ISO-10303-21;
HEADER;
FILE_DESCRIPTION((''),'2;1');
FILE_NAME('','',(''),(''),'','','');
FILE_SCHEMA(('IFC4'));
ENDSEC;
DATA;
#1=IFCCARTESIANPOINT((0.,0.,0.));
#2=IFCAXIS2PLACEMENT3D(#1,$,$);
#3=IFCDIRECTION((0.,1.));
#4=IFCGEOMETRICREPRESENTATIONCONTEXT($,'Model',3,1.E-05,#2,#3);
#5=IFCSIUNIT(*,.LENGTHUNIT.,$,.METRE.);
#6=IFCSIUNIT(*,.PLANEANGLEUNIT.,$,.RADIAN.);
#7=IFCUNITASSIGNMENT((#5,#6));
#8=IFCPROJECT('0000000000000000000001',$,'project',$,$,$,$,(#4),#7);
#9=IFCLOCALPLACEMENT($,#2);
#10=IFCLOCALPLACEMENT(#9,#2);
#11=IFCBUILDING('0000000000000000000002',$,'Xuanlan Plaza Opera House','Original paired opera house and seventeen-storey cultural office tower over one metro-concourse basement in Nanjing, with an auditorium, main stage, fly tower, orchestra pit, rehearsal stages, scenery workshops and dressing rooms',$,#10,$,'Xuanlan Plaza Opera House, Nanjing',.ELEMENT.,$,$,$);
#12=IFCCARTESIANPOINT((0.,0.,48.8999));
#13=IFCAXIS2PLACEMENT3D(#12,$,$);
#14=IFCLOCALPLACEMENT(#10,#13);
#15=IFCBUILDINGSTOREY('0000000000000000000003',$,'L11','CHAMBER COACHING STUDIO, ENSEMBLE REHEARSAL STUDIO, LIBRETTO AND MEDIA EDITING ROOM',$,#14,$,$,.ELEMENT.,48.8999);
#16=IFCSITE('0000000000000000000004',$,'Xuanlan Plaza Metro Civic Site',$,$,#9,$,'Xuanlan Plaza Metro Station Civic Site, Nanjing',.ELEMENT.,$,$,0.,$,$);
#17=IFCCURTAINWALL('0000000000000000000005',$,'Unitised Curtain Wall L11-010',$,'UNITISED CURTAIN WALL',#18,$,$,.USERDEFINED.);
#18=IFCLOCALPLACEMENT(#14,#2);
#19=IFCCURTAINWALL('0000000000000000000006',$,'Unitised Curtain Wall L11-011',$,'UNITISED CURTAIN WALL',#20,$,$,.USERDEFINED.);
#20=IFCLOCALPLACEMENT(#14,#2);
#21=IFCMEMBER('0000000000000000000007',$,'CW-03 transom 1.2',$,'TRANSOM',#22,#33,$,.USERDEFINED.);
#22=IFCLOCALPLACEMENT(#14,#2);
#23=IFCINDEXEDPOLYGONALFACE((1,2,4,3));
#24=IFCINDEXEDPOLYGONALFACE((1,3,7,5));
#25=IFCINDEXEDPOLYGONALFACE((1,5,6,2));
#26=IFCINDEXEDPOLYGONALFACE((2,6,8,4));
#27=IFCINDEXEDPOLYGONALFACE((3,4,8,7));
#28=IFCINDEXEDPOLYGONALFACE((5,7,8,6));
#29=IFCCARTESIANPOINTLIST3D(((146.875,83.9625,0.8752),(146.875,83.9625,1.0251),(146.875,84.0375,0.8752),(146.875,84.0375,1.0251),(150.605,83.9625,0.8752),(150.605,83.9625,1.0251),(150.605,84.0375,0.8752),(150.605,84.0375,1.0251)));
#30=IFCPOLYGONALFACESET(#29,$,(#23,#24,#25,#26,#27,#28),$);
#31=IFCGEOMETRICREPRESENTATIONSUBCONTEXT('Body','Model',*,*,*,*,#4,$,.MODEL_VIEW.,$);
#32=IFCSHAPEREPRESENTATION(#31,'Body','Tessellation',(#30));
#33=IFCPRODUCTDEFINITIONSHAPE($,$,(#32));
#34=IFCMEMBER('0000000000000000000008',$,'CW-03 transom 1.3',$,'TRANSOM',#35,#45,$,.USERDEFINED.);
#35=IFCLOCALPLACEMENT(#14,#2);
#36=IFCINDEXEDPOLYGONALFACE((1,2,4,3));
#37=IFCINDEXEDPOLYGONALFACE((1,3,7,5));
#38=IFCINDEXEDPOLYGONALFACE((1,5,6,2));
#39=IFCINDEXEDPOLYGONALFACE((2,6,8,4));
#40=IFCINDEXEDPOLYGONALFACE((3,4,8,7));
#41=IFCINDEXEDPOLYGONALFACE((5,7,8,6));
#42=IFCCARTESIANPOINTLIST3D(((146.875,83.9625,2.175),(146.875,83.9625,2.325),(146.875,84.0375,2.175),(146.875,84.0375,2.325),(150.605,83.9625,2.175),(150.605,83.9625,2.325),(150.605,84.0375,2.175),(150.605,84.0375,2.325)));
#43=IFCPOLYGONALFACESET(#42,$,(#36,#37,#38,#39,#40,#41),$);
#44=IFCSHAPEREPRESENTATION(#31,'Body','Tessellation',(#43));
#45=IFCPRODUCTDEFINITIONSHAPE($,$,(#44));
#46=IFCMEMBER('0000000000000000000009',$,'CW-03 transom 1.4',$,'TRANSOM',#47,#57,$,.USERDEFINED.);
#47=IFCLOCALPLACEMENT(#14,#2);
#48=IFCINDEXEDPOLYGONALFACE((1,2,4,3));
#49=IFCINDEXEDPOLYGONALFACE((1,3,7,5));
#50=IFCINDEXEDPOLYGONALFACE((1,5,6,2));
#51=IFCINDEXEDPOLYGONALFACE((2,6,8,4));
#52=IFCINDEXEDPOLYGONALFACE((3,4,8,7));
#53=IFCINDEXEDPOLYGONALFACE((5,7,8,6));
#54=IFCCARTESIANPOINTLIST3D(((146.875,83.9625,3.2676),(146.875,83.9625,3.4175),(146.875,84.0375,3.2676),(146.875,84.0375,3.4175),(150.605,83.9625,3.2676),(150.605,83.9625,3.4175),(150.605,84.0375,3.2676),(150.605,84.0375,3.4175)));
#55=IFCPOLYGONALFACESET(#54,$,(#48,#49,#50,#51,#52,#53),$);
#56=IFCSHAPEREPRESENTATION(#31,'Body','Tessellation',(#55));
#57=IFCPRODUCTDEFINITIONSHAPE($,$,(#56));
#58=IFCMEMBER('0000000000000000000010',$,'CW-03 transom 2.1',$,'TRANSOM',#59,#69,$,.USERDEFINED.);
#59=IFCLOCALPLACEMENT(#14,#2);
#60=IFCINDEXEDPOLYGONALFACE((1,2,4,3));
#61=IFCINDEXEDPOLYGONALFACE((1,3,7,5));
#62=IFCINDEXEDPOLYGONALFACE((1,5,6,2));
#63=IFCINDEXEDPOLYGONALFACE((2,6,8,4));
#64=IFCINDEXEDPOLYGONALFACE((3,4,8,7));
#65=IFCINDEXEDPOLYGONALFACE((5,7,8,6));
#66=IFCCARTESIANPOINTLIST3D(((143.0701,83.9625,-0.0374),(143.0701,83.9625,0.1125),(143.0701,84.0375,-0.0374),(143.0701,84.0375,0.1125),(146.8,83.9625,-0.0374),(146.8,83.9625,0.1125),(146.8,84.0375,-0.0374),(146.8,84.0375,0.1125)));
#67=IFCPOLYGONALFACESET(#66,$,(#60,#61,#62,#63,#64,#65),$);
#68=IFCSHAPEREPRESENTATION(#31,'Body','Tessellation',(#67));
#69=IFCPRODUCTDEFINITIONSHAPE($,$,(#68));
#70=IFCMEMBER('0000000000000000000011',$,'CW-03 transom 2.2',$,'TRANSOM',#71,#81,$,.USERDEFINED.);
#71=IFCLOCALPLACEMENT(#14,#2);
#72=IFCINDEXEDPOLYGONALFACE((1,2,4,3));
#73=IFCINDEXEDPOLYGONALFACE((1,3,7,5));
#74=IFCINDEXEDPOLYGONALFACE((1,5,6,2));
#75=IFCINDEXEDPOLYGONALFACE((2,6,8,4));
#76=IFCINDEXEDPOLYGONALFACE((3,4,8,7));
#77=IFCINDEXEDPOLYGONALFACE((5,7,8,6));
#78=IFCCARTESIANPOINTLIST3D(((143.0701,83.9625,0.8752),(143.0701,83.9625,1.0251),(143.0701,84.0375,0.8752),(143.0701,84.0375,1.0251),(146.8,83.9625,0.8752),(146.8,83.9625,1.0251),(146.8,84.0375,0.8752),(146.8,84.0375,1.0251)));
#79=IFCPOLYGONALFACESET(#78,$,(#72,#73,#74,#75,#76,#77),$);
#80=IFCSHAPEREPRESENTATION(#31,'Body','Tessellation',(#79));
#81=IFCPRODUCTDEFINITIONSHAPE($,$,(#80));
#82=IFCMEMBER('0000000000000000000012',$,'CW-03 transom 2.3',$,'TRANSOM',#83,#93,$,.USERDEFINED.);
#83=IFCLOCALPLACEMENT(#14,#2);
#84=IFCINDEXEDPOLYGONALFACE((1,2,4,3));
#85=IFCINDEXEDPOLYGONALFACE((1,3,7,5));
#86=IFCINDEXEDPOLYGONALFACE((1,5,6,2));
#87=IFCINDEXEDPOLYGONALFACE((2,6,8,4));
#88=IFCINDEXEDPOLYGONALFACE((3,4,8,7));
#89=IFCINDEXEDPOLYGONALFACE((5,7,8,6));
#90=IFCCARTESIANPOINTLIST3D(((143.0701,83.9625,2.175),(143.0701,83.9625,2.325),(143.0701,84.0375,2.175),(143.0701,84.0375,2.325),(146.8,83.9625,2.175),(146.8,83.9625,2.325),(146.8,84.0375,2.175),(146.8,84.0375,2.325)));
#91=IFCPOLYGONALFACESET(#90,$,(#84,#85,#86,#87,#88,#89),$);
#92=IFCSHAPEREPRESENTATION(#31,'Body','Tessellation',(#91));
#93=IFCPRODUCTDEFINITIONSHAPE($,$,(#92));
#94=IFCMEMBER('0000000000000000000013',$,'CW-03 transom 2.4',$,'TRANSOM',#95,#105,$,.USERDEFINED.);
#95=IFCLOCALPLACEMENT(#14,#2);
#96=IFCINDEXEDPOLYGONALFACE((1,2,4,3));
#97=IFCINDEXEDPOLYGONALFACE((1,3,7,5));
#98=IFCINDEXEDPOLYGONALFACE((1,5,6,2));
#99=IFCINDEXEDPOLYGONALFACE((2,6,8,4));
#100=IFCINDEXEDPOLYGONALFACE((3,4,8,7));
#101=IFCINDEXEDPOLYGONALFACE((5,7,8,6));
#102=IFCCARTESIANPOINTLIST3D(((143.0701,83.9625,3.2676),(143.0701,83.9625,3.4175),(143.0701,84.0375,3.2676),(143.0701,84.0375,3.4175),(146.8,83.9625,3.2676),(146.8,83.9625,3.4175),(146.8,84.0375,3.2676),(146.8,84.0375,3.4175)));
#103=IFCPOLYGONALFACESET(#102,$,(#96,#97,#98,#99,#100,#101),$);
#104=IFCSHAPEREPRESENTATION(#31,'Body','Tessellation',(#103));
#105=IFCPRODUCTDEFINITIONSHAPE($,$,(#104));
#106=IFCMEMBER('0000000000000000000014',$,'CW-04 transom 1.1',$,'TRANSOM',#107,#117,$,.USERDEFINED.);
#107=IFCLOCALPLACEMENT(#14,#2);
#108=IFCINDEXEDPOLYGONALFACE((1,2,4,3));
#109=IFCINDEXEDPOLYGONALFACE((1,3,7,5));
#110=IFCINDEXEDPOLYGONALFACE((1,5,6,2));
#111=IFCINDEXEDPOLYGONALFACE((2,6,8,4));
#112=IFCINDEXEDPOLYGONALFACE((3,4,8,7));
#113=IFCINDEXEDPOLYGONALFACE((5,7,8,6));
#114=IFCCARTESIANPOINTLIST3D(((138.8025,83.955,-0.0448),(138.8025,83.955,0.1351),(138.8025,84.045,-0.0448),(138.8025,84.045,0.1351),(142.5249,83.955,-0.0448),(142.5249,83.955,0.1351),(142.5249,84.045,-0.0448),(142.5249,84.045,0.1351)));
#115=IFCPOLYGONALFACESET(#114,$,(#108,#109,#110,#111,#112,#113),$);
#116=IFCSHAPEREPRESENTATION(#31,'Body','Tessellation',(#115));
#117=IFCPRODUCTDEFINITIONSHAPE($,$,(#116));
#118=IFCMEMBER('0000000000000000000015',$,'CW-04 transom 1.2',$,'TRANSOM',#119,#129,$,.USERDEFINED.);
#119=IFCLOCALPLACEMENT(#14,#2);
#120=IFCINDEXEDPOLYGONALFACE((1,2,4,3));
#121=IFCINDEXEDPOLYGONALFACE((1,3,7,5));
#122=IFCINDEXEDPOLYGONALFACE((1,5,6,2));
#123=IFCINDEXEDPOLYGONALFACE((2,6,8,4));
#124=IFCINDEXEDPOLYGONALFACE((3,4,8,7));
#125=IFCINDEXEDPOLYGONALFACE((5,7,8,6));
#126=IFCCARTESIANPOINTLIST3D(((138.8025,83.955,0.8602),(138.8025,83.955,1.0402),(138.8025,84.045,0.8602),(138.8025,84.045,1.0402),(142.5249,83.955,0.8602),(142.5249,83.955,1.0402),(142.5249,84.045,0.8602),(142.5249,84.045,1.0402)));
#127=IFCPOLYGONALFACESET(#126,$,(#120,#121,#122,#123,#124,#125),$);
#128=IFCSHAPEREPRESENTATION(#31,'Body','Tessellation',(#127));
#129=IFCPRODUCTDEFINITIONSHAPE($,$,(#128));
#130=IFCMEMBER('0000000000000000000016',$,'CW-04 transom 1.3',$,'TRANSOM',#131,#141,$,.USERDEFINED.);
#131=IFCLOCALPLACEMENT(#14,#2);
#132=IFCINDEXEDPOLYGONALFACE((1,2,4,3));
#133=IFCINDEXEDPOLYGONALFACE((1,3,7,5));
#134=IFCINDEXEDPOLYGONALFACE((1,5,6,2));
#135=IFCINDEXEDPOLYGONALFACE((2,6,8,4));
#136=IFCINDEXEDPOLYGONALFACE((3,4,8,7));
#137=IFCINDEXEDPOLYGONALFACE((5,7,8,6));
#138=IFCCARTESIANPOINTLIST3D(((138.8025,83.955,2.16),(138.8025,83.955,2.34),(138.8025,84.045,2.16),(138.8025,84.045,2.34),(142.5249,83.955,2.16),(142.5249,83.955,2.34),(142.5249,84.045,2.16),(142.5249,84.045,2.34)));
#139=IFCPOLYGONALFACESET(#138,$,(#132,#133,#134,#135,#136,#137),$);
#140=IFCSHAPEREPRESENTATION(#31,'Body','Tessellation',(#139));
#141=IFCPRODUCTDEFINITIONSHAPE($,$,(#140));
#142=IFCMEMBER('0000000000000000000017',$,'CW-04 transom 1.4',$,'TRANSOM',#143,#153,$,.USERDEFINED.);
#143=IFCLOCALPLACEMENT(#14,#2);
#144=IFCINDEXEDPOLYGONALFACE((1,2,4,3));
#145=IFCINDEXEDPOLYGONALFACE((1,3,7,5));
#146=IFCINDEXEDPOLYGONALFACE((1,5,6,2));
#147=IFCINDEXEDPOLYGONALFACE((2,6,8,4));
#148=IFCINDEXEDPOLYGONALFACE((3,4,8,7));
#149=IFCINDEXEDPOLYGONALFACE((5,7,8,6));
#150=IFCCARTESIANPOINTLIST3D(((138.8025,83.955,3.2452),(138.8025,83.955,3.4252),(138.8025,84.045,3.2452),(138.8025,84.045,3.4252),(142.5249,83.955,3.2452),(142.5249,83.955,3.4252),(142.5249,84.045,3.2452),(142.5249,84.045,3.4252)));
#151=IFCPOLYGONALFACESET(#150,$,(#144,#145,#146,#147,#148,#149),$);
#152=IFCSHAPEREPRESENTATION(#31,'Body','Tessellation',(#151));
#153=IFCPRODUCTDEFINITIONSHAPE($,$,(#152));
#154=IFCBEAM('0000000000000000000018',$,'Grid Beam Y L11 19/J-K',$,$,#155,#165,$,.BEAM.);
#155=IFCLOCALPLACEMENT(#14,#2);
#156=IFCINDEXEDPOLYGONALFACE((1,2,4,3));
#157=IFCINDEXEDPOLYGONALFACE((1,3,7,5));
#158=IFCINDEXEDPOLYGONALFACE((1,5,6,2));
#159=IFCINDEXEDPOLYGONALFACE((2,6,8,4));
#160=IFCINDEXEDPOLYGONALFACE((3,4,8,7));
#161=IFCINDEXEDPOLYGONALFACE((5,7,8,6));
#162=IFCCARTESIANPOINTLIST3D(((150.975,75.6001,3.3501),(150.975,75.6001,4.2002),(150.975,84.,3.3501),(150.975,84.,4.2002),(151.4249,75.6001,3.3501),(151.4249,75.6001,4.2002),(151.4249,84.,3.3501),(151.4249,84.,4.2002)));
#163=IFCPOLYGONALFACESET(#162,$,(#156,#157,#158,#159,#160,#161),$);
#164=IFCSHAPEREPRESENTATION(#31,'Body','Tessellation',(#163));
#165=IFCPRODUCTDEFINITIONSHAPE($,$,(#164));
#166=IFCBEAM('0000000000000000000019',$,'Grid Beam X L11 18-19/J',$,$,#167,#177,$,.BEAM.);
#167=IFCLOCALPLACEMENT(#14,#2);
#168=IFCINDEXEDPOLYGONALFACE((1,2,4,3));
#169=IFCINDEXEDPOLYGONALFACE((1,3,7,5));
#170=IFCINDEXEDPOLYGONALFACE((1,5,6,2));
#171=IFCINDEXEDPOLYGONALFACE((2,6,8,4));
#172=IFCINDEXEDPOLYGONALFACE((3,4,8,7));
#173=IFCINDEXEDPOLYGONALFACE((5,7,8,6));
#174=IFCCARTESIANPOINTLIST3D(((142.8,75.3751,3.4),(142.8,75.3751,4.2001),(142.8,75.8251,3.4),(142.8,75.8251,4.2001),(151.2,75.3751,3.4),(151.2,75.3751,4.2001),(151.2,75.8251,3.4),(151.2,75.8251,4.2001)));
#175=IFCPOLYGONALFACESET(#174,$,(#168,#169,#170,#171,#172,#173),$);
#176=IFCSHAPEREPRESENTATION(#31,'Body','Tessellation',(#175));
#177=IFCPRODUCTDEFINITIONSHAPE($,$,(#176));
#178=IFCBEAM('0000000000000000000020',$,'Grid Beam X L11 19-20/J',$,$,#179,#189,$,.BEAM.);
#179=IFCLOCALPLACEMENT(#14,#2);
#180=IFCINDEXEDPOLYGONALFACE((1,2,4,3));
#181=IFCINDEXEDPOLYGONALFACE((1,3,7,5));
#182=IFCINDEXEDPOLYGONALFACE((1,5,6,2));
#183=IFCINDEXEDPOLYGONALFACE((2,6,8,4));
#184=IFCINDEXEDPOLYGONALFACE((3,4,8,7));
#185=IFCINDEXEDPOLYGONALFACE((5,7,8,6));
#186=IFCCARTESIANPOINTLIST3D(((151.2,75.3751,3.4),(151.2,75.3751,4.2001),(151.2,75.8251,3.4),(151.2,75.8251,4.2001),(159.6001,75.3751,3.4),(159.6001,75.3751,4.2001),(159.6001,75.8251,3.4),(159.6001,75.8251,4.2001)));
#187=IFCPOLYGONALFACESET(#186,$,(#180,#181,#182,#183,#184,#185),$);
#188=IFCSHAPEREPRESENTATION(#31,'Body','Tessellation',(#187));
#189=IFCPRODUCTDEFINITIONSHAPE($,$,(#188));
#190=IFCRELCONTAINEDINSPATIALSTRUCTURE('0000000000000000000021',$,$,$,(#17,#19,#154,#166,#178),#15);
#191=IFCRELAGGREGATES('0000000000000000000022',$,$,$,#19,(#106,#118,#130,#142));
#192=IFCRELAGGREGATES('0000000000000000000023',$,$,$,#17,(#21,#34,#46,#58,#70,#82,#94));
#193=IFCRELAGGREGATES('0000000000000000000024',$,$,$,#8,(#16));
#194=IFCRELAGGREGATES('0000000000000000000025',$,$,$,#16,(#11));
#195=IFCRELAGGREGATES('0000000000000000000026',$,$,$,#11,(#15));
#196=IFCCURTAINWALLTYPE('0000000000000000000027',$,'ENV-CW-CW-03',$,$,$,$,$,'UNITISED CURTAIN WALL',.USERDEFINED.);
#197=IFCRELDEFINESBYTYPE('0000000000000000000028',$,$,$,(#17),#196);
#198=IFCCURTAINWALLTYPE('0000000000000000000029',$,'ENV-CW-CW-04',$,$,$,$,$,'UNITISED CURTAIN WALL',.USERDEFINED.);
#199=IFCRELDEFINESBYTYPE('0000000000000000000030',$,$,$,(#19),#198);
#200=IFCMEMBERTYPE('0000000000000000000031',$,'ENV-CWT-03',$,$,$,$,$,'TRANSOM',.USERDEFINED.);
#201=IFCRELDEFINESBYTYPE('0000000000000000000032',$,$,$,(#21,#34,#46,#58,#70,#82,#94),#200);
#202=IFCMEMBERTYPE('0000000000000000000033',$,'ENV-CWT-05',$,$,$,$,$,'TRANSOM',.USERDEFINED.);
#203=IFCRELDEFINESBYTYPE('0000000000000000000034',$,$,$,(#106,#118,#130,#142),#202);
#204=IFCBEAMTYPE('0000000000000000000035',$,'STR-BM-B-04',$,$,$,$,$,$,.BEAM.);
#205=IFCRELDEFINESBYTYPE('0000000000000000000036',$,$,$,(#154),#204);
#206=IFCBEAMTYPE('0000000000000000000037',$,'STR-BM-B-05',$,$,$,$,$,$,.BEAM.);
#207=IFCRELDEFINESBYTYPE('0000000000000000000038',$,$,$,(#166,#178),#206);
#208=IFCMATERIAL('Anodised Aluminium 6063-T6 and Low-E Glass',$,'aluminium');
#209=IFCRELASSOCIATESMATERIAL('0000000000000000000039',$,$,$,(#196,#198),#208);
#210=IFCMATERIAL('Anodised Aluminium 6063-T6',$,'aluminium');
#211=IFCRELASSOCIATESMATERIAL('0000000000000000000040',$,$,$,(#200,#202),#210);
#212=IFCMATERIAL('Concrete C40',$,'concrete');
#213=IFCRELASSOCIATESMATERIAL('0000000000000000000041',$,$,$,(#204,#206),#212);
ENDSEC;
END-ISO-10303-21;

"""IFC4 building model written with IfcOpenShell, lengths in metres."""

from ifc_helpers import new_model, si_unit, direction, frame, origin, origin_2d, place, context, subcontext, project, spatial, rectangle, extrude, material, material_profile, profile_set, type_object, element, aggregate, save


model = new_model("IFC4")

# Units and contexts
model_context = context("Model", 3, precision=1e-05, world=origin(), true_north=direction((0.0, 1.0)))
body_context = subcontext(model_context, "Body", "Model", "MODEL_VIEW")
ifc_project = project(units=[si_unit("LENGTHUNIT", "METRE"), si_unit("PLANEANGLEUNIT", "RADIAN")], contexts=[model_context])

# Site, building, storey
site_placement = place(None, origin())
site = spatial("IfcSite", under=ifc_project, at=site_placement, Name="Xuanlan Plaza Metro Civic Site", LongName="Xuanlan Plaza Metro Station Civic Site, Nanjing", CompositionType="ELEMENT", RefElevation=0.0)
building_placement = place(site_placement, origin())
building = spatial("IfcBuilding", under=site, at=building_placement, Name="Xuanlan Plaza Opera House", Description="Original paired opera house and seventeen-storey cultural office tower over one metro-concourse basement in Nanjing, with an auditorium, main stage, fly tower, orchestra pit, rehearsal stages, scenery workshops and dressing rooms", LongName="Xuanlan Plaza Opera House, Nanjing", CompositionType="ELEMENT")
storey_placement = place(building_placement, frame((0.0, 0.0, 48.8999)))
storey = spatial("IfcBuildingStorey", under=building, at=storey_placement, Name="L11", Description="CHAMBER COACHING STUDIO, ENSEMBLE REHEARSAL STUDIO, LIBRETTO AND MEDIA EDITING ROOM", CompositionType="ELEMENT", Elevation=48.8999)

# Curtain wall
ifc_material_1 = material(Name="Anodised Aluminium 6063-T6 and Low-E Glass", Category="aluminium")
curtain_wall_type_1 = type_object("IfcCurtainWallType", Name="ENV-CW-CW-03", ElementType="UNITISED CURTAIN WALL", PredefinedType="USERDEFINED", material=ifc_material_1)
curtain_wall_1_placement = place(storey_placement, origin())
curtain_wall_1 = element("IfcCurtainWall", 1, at=curtain_wall_1_placement, inside=storey, type_object=curtain_wall_type_1, Name="Unitised Curtain Wall L11-010", ObjectType="UNITISED CURTAIN WALL", PredefinedType="USERDEFINED")
ifc_material_2 = material(Name="Anodised Aluminium 6063-T6", Category="aluminium")

# Curtain wall
curtain_wall_type_2 = type_object("IfcCurtainWallType", Name="ENV-CW-CW-04", ElementType="UNITISED CURTAIN WALL", PredefinedType="USERDEFINED", material=ifc_material_1)
curtain_wall_2_placement = place(storey_placement, origin())
curtain_wall_2 = element("IfcCurtainWall", 2, at=curtain_wall_2_placement, inside=storey, type_object=curtain_wall_type_2, Name="Unitised Curtain Wall L11-011", ObjectType="UNITISED CURTAIN WALL", PredefinedType="USERDEFINED")

# Members
ifc_material_profile_1 = material_profile(ifc_material_2, rectangle(XDim=0.075, YDim=0.1499, at=origin_2d()), Name="ALU-T 75x150")
ifc_profile_set_1 = profile_set([ifc_material_profile_1], Name="Anodised Aluminium 6063-T6")
member_type_1 = type_object("IfcMemberType", Name="ENV-CWT-03", ElementType="TRANSOM", PredefinedType="USERDEFINED", material=ifc_profile_set_1)
member_1_placement = place(storey_placement, frame((150.605, 84.0, 0.9502), z_axis=(-1.0, 0.0, 0.0), x_axis=(0.0, -1.0, 0.0)))
member_1 = element("IfcMember", 3, at=member_1_placement, type_object=member_type_1, Name="CW-03 transom 1.2", ObjectType="TRANSOM", PredefinedType="USERDEFINED", context=body_context, shape_type="SweptSolid", body=[
    extrude(rectangle(XDim=0.075, YDim=0.1499, at=origin_2d()), origin(), (0.0, 0.0, 1.0), 3.73),
])
member_2_placement = place(storey_placement, frame((150.605, 84.0, 2.25), z_axis=(-1.0, 0.0, 0.0), x_axis=(0.0, -1.0, 0.0)))
member_2 = element("IfcMember", 4, at=member_2_placement, type_object=member_type_1, Name="CW-03 transom 1.3", ObjectType="TRANSOM", PredefinedType="USERDEFINED", context=body_context, shape_type="SweptSolid", body=[
    extrude(rectangle(XDim=0.075, YDim=0.1499, at=origin_2d()), origin(), (0.0, 0.0, 1.0), 3.73),
])
member_3_placement = place(storey_placement, frame((150.605, 84.0, 3.3425), z_axis=(-1.0, 0.0, 0.0), x_axis=(0.0, -1.0, 0.0)))
member_3 = element("IfcMember", 5, at=member_3_placement, type_object=member_type_1, Name="CW-03 transom 1.4", ObjectType="TRANSOM", PredefinedType="USERDEFINED", context=body_context, shape_type="SweptSolid", body=[
    extrude(rectangle(XDim=0.075, YDim=0.1499, at=origin_2d()), origin(), (0.0, 0.0, 1.0), 3.73),
])
member_4_placement = place(storey_placement, frame((146.8, 84.0, 0.0376), z_axis=(-1.0, 0.0, 0.0), x_axis=(0.0, -1.0, 0.0)))
member_4 = element("IfcMember", 6, at=member_4_placement, type_object=member_type_1, Name="CW-03 transom 2.1", ObjectType="TRANSOM", PredefinedType="USERDEFINED", context=body_context, shape_type="SweptSolid", body=[
    extrude(rectangle(XDim=0.075, YDim=0.1499, at=origin_2d()), origin(), (0.0, 0.0, 1.0), 3.73),
])
member_5_placement = place(storey_placement, frame((146.8, 84.0, 0.9502), z_axis=(-1.0, 0.0, 0.0), x_axis=(0.0, -1.0, 0.0)))
member_5 = element("IfcMember", 7, at=member_5_placement, type_object=member_type_1, Name="CW-03 transom 2.2", ObjectType="TRANSOM", PredefinedType="USERDEFINED", context=body_context, shape_type="SweptSolid", body=[
    extrude(rectangle(XDim=0.075, YDim=0.1499, at=origin_2d()), origin(), (0.0, 0.0, 1.0), 3.73),
])
member_6_placement = place(storey_placement, frame((146.8, 84.0, 2.25), z_axis=(-1.0, 0.0, 0.0), x_axis=(0.0, -1.0, 0.0)))
member_6 = element("IfcMember", 8, at=member_6_placement, type_object=member_type_1, Name="CW-03 transom 2.3", ObjectType="TRANSOM", PredefinedType="USERDEFINED", context=body_context, shape_type="SweptSolid", body=[
    extrude(rectangle(XDim=0.075, YDim=0.1499, at=origin_2d()), origin(), (0.0, 0.0, 1.0), 3.73),
])
member_7_placement = place(storey_placement, frame((146.8, 84.0, 3.3425), z_axis=(-1.0, 0.0, 0.0), x_axis=(0.0, -1.0, 0.0)))
member_7 = element("IfcMember", 9, at=member_7_placement, type_object=member_type_1, Name="CW-03 transom 2.4", ObjectType="TRANSOM", PredefinedType="USERDEFINED", context=body_context, shape_type="SweptSolid", body=[
    extrude(rectangle(XDim=0.075, YDim=0.1499, at=origin_2d()), origin(), (0.0, 0.0, 1.0), 3.73),
])
ifc_material_profile_2 = material_profile(ifc_material_2, rectangle(XDim=0.0901, YDim=0.1799, at=origin_2d()), Name="ALU-T 90x180")
ifc_profile_set_2 = profile_set([ifc_material_profile_2], Name="Anodised Aluminium 6063-T6")
member_type_2 = type_object("IfcMemberType", Name="ENV-CWT-05", ElementType="TRANSOM", PredefinedType="USERDEFINED", material=ifc_profile_set_2)
member_8_placement = place(storey_placement, frame((142.5249, 84.0, 0.0452), z_axis=(-1.0, 0.0, 0.0), x_axis=(0.0, -1.0, 0.0)))
member_8 = element("IfcMember", 10, at=member_8_placement, type_object=member_type_2, Name="CW-04 transom 1.1", ObjectType="TRANSOM", PredefinedType="USERDEFINED", context=body_context, shape_type="SweptSolid", body=[
    extrude(rectangle(XDim=0.0901, YDim=0.1799, at=origin_2d()), origin(), (0.0, 0.0, 1.0), 3.7224),
])
member_9_placement = place(storey_placement, frame((142.5249, 84.0, 0.9502), z_axis=(-1.0, 0.0, 0.0), x_axis=(0.0, -1.0, 0.0)))
member_9 = element("IfcMember", 11, at=member_9_placement, type_object=member_type_2, Name="CW-04 transom 1.2", ObjectType="TRANSOM", PredefinedType="USERDEFINED", context=body_context, shape_type="SweptSolid", body=[
    extrude(rectangle(XDim=0.0901, YDim=0.1799, at=origin_2d()), origin(), (0.0, 0.0, 1.0), 3.7224),
])
member_10_placement = place(storey_placement, frame((142.5249, 84.0, 2.25), z_axis=(-1.0, 0.0, 0.0), x_axis=(0.0, -1.0, 0.0)))
member_10 = element("IfcMember", 12, at=member_10_placement, type_object=member_type_2, Name="CW-04 transom 1.3", ObjectType="TRANSOM", PredefinedType="USERDEFINED", context=body_context, shape_type="SweptSolid", body=[
    extrude(rectangle(XDim=0.0901, YDim=0.1799, at=origin_2d()), origin(), (0.0, 0.0, 1.0), 3.7224),
])
member_11_placement = place(storey_placement, frame((142.5249, 84.0, 3.3352), z_axis=(-1.0, 0.0, 0.0), x_axis=(0.0, -1.0, 0.0)))
member_11 = element("IfcMember", 13, at=member_11_placement, type_object=member_type_2, Name="CW-04 transom 1.4", ObjectType="TRANSOM", PredefinedType="USERDEFINED", context=body_context, shape_type="SweptSolid", body=[
    extrude(rectangle(XDim=0.0901, YDim=0.1799, at=origin_2d()), origin(), (0.0, 0.0, 1.0), 3.7224),
])
aggregate(curtain_wall_2, [member_8, member_9, member_10, member_11])

# Beams
ifc_material_3 = material(Name="Concrete C40", Category="concrete")
ifc_material_profile_3 = material_profile(ifc_material_3, rectangle(XDim=0.45, YDim=0.8501, at=origin_2d()), Name="RC-BM 450x850")
ifc_profile_set_3 = profile_set([ifc_material_profile_3], Name="Concrete C40")
beam_type_1 = type_object("IfcBeamType", Name="STR-BM-B-04", PredefinedType="BEAM", material=ifc_profile_set_3)
beam_1_placement = place(storey_placement, frame((151.2, 75.6001, 3.7751), z_axis=(0.0, 1.0, 0.0), x_axis=(-1.0, 0.0, 0.0)))
element("IfcBeam", 14, at=beam_1_placement, inside=storey, type_object=beam_type_1, Name="Grid Beam Y L11 19/J-K", PredefinedType="BEAM", context=body_context, shape_type="SweptSolid", body=[
    extrude(rectangle(XDim=0.45, YDim=0.8501, at=origin_2d()), origin(), (0.0, 0.0, 1.0), 8.3999),
])
ifc_material_profile_4 = material_profile(ifc_material_3, rectangle(XDim=0.45, YDim=0.8, at=origin_2d()), Name="RC-BM 450x800")
ifc_profile_set_4 = profile_set([ifc_material_profile_4], Name="Concrete C40")
beam_type_2 = type_object("IfcBeamType", Name="STR-BM-B-05", PredefinedType="BEAM", material=ifc_profile_set_4)
beam_2_placement = place(storey_placement, frame((142.8, 75.6001, 3.8), z_axis=(1.0, 0.0, 0.0), x_axis=(0.0, 1.0, 0.0)))
element("IfcBeam", 15, at=beam_2_placement, inside=storey, type_object=beam_type_2, Name="Grid Beam X L11 18-19/J", PredefinedType="BEAM", context=body_context, shape_type="SweptSolid", body=[
    extrude(rectangle(XDim=0.45, YDim=0.8, at=origin_2d()), origin(), (0.0, 0.0, 1.0), 8.3999),
])
beam_3_placement = place(storey_placement, frame((151.2, 75.6001, 3.8), z_axis=(1.0, 0.0, 0.0), x_axis=(0.0, 1.0, 0.0)))
element("IfcBeam", 16, at=beam_3_placement, inside=storey, type_object=beam_type_2, Name="Grid Beam X L11 19-20/J", PredefinedType="BEAM", context=body_context, shape_type="SweptSolid", body=[
    extrude(rectangle(XDim=0.45, YDim=0.8, at=origin_2d()), origin(), (0.0, 0.0, 1.0), 8.4001),
])

aggregate(curtain_wall_1, [member_1, member_2, member_3, member_4, member_5, member_6, member_7])

save(model, "model.ifc")
